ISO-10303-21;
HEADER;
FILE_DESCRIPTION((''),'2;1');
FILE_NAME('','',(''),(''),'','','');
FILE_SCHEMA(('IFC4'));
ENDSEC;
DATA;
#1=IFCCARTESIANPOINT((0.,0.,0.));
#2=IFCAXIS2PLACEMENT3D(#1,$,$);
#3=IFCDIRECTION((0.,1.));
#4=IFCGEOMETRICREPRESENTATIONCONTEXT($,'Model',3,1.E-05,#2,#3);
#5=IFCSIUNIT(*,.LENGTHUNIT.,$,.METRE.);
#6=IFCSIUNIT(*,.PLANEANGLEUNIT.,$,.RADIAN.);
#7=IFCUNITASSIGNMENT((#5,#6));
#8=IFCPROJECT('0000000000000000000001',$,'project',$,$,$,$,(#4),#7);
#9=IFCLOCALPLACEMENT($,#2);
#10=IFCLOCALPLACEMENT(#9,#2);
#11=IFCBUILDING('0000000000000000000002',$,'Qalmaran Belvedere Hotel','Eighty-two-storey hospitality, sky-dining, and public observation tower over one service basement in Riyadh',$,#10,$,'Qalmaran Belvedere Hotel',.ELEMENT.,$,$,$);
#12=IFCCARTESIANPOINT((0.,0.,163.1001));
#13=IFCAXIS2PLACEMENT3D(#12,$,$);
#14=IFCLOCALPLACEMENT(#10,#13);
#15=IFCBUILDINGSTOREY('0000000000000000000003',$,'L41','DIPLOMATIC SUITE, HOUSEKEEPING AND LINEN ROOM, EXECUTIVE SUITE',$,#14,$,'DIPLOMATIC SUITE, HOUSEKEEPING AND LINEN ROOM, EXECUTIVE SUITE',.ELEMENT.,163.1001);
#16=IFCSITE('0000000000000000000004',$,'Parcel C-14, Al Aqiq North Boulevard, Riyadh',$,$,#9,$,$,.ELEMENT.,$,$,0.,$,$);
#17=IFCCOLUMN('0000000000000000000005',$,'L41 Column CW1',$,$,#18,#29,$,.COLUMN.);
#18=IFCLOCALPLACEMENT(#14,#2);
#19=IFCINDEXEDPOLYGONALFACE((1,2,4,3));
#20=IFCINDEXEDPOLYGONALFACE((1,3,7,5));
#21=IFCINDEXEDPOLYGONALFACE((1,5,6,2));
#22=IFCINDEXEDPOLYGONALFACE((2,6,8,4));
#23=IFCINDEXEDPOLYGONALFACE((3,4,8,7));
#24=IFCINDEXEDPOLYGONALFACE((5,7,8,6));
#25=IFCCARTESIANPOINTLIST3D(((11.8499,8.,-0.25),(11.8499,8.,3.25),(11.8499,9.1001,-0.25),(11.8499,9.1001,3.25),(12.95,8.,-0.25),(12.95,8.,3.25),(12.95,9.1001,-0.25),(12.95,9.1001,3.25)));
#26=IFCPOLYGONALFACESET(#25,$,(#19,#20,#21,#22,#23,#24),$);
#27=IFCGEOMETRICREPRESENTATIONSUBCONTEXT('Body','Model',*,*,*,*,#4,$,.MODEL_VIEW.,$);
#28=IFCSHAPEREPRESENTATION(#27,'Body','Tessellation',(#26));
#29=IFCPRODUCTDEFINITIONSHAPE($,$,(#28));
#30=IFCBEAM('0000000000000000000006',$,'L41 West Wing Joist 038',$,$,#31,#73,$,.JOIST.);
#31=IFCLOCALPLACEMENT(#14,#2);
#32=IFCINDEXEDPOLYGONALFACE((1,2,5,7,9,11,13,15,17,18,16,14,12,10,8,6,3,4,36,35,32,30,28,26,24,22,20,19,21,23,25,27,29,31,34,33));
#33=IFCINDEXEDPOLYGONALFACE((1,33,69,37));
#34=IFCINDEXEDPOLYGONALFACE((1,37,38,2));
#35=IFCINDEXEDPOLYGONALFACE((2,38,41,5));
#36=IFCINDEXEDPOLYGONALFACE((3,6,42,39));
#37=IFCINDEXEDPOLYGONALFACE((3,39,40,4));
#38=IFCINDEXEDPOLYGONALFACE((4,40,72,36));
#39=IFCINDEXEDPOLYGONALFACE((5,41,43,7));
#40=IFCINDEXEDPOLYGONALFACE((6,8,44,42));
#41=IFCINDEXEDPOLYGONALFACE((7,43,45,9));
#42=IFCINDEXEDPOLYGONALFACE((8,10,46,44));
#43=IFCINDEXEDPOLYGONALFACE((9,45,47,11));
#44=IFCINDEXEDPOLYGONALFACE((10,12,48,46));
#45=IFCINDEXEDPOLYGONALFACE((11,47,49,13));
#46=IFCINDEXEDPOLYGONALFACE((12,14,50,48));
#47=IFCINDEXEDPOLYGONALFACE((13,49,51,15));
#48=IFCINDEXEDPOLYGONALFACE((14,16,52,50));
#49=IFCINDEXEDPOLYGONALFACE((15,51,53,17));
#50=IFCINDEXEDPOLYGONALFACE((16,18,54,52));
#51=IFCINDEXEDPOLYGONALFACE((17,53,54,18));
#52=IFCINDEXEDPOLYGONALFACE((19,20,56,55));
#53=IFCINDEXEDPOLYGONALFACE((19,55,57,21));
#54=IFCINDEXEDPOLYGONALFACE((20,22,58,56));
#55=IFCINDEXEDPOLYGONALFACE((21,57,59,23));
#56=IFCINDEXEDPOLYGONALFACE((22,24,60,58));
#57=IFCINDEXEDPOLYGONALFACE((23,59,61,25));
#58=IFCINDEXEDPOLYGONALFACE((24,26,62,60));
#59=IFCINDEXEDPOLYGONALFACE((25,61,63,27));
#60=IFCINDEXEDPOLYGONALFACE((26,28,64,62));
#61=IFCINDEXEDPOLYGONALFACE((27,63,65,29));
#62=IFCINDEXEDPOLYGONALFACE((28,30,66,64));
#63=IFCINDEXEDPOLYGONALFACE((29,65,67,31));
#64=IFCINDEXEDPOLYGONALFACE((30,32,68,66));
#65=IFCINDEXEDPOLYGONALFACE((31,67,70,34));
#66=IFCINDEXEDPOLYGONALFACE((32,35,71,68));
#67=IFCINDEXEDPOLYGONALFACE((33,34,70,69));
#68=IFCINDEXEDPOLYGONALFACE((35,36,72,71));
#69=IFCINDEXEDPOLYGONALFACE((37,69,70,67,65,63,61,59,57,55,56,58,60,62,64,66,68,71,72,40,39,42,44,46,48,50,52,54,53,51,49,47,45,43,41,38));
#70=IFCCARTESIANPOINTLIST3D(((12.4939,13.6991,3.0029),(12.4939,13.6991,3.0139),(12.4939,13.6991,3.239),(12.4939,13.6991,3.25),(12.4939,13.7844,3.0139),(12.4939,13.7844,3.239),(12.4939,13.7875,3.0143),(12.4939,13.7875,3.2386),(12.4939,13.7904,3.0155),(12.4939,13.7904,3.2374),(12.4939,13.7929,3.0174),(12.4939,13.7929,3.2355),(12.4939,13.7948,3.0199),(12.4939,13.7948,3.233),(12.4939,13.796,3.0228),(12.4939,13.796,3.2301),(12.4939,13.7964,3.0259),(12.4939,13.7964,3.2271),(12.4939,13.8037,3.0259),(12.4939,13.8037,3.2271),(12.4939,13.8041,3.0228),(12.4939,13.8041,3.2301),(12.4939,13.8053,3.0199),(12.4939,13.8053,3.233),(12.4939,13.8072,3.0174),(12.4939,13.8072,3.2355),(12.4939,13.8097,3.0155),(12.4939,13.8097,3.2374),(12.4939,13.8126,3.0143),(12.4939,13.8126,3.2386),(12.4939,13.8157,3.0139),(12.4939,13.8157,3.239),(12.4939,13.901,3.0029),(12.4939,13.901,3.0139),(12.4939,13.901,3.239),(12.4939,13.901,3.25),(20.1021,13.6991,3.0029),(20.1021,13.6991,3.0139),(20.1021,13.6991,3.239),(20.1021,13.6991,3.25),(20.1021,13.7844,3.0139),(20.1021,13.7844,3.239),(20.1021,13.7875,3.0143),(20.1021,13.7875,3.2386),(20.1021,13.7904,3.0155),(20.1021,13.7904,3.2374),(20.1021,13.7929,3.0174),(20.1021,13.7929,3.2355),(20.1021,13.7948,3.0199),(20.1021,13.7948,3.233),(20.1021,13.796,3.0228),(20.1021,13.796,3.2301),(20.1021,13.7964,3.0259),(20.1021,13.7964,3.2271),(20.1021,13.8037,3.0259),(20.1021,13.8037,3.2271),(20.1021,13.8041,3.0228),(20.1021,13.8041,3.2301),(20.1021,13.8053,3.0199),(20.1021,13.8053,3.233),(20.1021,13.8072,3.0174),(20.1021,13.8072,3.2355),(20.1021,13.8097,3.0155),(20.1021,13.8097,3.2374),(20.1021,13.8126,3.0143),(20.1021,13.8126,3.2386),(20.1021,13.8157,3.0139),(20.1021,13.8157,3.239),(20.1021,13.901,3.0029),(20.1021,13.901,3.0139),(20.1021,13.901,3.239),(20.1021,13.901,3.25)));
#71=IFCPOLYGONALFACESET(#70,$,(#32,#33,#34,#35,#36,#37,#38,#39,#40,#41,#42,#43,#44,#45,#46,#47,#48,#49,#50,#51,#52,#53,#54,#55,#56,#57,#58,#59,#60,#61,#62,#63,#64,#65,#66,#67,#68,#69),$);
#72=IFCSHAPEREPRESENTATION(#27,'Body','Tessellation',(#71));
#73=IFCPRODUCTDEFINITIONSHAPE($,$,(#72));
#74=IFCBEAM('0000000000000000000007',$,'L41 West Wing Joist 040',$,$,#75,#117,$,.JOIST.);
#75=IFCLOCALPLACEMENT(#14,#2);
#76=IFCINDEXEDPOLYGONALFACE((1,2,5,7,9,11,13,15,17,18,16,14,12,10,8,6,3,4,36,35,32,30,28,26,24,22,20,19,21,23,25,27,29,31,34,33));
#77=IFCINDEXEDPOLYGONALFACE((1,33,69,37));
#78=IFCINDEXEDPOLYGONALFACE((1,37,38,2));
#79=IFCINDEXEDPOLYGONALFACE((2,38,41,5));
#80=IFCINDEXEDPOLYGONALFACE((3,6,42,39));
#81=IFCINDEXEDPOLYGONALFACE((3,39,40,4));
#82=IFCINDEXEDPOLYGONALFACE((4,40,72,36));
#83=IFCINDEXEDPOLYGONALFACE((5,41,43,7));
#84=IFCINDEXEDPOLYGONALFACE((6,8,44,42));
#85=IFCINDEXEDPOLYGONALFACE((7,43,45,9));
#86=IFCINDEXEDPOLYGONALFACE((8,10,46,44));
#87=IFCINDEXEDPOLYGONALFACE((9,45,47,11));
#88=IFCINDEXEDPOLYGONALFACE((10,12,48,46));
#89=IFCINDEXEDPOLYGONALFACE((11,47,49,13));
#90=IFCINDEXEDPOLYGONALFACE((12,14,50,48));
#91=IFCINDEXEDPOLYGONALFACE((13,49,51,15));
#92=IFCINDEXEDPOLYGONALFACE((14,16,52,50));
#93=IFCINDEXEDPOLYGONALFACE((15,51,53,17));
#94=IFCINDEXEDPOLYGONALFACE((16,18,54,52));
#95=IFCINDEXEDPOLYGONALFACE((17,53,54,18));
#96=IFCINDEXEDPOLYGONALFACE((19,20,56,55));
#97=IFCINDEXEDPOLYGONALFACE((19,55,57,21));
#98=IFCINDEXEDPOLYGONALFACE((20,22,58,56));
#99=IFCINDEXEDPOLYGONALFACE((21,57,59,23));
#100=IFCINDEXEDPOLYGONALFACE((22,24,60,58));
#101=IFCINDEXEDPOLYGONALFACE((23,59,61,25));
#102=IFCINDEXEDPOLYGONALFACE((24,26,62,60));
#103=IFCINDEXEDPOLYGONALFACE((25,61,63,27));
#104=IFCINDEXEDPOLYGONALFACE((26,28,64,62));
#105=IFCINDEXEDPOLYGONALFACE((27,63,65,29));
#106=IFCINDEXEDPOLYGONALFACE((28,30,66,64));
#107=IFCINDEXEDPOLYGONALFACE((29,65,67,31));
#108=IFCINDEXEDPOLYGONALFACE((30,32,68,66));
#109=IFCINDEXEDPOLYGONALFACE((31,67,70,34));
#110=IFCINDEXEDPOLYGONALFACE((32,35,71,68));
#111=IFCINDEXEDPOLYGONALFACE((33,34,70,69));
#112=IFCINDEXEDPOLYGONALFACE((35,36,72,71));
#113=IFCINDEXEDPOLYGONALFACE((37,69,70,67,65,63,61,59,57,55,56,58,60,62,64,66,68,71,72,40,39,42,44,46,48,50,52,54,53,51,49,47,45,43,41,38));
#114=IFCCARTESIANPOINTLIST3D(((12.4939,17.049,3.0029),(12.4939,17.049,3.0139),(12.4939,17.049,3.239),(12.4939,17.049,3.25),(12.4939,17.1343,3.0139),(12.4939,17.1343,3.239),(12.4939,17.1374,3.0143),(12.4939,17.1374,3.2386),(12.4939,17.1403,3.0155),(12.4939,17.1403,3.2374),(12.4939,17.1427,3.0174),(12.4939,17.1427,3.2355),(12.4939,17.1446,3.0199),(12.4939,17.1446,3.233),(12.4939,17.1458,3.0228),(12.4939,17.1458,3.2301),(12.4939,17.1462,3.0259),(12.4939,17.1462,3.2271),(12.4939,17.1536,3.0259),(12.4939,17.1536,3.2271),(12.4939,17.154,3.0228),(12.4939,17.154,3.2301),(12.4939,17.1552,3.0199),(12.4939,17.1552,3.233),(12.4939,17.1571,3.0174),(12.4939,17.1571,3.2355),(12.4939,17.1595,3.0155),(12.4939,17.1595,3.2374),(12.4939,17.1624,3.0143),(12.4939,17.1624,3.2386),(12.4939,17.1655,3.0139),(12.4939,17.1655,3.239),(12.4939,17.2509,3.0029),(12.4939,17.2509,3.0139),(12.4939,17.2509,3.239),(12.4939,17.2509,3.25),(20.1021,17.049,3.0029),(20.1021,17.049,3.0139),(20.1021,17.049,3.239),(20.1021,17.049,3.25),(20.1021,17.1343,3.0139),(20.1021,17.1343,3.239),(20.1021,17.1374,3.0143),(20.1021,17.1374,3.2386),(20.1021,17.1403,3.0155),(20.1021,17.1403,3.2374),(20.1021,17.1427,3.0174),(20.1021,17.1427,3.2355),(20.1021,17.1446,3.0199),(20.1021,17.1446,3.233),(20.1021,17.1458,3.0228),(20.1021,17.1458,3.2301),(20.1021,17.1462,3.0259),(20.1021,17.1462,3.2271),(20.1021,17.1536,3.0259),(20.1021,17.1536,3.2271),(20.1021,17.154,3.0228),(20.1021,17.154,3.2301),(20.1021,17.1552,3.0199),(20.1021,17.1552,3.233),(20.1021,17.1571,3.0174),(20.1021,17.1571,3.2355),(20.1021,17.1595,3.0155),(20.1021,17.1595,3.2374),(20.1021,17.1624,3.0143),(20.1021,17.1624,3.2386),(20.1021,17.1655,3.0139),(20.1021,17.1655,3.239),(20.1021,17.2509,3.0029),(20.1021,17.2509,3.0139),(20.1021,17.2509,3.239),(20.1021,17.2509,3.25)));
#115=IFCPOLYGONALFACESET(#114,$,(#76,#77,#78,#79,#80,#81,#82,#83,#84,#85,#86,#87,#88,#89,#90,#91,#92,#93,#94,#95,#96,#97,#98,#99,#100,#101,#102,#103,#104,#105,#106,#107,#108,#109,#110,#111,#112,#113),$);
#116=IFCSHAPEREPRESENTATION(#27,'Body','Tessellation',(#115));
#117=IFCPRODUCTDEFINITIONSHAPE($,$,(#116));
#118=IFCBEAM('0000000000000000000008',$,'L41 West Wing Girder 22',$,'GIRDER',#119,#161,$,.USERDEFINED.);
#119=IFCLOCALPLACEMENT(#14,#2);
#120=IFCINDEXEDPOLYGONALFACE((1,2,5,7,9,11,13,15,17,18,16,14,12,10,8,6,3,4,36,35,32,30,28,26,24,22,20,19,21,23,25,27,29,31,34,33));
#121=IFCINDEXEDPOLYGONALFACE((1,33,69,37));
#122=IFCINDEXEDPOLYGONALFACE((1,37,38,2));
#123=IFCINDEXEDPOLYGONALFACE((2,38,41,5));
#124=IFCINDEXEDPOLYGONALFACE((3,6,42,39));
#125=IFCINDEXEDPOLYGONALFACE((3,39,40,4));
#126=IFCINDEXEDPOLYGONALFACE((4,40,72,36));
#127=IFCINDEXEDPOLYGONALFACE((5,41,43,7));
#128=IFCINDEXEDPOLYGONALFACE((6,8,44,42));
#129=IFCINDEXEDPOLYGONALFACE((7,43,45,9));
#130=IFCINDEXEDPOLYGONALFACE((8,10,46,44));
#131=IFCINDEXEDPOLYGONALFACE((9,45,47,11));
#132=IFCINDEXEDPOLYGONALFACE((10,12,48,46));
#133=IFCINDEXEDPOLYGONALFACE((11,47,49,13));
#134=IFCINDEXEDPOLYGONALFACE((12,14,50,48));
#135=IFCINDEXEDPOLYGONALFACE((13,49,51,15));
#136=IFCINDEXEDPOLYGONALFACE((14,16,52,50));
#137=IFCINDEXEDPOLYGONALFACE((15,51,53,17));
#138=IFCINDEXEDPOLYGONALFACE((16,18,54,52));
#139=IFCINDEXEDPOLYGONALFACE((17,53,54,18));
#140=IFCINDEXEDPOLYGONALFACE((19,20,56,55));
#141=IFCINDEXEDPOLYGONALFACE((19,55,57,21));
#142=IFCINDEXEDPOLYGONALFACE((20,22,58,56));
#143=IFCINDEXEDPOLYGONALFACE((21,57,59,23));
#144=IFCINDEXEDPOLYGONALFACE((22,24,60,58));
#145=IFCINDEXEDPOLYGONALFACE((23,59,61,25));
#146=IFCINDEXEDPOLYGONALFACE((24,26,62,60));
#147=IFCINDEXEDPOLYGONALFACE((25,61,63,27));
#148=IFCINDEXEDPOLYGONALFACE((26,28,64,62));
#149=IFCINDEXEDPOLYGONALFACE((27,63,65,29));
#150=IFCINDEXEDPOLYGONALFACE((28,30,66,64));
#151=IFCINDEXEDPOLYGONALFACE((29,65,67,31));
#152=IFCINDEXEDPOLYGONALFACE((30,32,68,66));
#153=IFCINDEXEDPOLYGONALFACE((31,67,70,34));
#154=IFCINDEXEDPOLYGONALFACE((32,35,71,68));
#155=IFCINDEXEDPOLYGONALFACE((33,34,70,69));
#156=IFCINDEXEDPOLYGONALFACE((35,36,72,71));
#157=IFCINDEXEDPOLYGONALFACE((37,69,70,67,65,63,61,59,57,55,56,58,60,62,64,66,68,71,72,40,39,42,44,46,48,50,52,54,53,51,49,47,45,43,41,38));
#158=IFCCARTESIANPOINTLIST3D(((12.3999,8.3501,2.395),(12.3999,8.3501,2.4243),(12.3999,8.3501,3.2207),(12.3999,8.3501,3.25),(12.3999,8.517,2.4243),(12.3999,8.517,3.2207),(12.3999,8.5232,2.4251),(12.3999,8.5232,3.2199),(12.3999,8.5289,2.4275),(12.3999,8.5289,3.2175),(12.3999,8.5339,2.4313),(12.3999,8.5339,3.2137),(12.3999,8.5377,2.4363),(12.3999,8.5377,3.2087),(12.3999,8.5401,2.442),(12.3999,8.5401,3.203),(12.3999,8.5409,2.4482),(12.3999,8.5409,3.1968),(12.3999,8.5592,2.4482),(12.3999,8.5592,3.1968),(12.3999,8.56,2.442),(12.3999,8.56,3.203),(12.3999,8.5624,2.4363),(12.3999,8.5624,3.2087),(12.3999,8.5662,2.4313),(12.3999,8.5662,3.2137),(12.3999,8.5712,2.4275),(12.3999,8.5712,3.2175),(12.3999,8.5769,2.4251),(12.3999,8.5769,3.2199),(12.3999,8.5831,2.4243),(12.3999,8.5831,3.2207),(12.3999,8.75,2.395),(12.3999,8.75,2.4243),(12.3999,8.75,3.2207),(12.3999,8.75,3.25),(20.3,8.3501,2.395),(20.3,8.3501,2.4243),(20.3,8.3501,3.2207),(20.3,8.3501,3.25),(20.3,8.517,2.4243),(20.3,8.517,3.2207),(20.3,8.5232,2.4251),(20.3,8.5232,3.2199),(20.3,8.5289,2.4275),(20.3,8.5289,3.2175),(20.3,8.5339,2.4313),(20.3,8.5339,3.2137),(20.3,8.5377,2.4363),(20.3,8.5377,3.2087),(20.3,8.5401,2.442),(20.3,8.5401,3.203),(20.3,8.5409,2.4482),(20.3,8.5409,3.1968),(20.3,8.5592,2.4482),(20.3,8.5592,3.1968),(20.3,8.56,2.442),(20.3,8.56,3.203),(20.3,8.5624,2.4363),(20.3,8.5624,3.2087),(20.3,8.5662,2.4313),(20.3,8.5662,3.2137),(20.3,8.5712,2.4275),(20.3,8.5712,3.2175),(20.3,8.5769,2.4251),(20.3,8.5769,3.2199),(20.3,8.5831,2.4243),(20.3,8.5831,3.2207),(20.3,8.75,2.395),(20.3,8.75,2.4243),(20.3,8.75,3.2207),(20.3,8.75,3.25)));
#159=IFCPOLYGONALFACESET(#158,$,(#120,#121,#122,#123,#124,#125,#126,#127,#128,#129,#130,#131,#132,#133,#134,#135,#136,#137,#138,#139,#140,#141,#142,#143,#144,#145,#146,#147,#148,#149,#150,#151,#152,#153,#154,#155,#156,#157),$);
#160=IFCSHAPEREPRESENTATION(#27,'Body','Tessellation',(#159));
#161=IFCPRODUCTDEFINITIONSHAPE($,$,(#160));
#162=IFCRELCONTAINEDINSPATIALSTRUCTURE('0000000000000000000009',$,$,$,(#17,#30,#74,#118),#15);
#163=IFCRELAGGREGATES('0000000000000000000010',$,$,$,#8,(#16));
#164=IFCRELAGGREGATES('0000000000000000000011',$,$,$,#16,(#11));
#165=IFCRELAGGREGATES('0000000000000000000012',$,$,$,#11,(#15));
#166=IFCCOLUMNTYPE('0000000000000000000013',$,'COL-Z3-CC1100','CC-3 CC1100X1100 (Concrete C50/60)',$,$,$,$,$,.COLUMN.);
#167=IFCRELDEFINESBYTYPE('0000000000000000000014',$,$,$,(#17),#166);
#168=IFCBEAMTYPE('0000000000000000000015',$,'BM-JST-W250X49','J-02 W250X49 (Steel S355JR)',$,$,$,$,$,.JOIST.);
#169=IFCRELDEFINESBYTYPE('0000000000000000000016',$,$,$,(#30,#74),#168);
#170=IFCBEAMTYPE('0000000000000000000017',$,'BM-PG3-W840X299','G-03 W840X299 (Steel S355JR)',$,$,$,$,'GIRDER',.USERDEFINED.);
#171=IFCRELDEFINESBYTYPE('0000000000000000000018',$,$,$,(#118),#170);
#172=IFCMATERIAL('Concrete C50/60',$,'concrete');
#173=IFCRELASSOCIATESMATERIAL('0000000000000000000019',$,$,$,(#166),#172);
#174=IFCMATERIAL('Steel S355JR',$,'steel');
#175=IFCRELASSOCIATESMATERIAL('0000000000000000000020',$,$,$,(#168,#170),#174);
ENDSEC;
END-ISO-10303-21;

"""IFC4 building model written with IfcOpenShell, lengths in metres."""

from ifc_helpers import new_model, si_unit, direction, frame, origin, origin_2d, place, context, subcontext, project, spatial, rectangle, i_section, extrude, material, material_profile, profile_set, type_object, element, save


model = new_model("IFC4")

# Units and contexts
model_context = context("Model", 3, precision=1e-05, world=origin(), true_north=direction((0.0, 1.0)))
body_context = subcontext(model_context, "Body", "Model", "MODEL_VIEW")
ifc_project = project(units=[si_unit("LENGTHUNIT", "METRE"), si_unit("PLANEANGLEUNIT", "RADIAN")], contexts=[model_context])

# Site, building, storey
site_placement = place(None, origin())
site = spatial("IfcSite", under=ifc_project, at=site_placement, Name="Parcel C-14, Al Aqiq North Boulevard, Riyadh", CompositionType="ELEMENT", RefElevation=0.0)
building_placement = place(site_placement, origin())
building = spatial("IfcBuilding", under=site, at=building_placement, Name="Qalmaran Belvedere Hotel", Description="Eighty-two-storey hospitality, sky-dining, and public observation tower over one service basement in Riyadh", LongName="Qalmaran Belvedere Hotel", CompositionType="ELEMENT")
storey_placement = place(building_placement, frame((0.0, 0.0, 163.1001)))
storey = spatial("IfcBuildingStorey", under=building, at=storey_placement, Name="L41", Description="DIPLOMATIC SUITE, HOUSEKEEPING AND LINEN ROOM, EXECUTIVE SUITE", LongName="DIPLOMATIC SUITE, HOUSEKEEPING AND LINEN ROOM, EXECUTIVE SUITE", CompositionType="ELEMENT", Elevation=163.1001)

# Column
ifc_material_1 = material(Name="Concrete C50/60", Category="concrete")
ifc_material_profile_1 = material_profile(ifc_material_1, rectangle(XDim=1.1001, YDim=1.1001, at=origin_2d()), Name="CC1100X1100")
ifc_profile_set_1 = profile_set([ifc_material_profile_1], Name="Concrete C50/60")
column_type = type_object("IfcColumnType", Name="COL-Z3-CC1100", Description="CC-3 CC1100X1100 (Concrete C50/60)", PredefinedType="COLUMN", material=ifc_profile_set_1)
column_placement = place(storey_placement, frame((12.3999, 8.55, -0.25), z_axis=(0.0, 0.0, 1.0), x_axis=(1.0, 0.0, 0.0)))
element("IfcColumn", 1, at=column_placement, inside=storey, type_object=column_type, Name="L41 Column CW1", PredefinedType="COLUMN", context=body_context, shape_type="SweptSolid", body=[
    extrude(rectangle(XDim=1.1001, YDim=1.1001, at=origin_2d()), origin(), (0.0, 0.0, 1.0), 3.5),
])

# Beams
ifc_material_2 = material(Name="Steel S355JR", Category="steel")
ifc_material_profile_2 = material_profile(ifc_material_2, i_section(OverallWidth=0.2019, OverallDepth=0.2471, WebThickness=0.0073, FlangeThickness=0.011, FilletRadius=0.012, at=origin_2d()), Name="W250X49")
ifc_profile_set_2 = profile_set([ifc_material_profile_2], Name="Steel S355JR")
beam_type_1 = type_object("IfcBeamType", Name="BM-JST-W250X49", Description="J-02 W250X49 (Steel S355JR)", PredefinedType="JOIST", material=ifc_profile_set_2)
for number, where, z_axis, x_axis, name in (
    (2, (12.4939, 13.8, 3.1265), (1.0, 0.0, 0.0), (0.0, 1.0, 0.0), "L41 West Wing Joist 038"),
    (3, (12.4939, 17.1499, 3.1265), (1.0, 0.0, 0.0), (0.0, 1.0, 0.0), "L41 West Wing Joist 040"),
):
    element("IfcBeam", number, at=place(storey_placement, frame(where, z_axis=z_axis, x_axis=x_axis)), inside=storey, type_object=beam_type_1, Name=name, PredefinedType="JOIST", context=body_context, shape_type="SweptSolid", body=[
        extrude(i_section(OverallWidth=0.2019, OverallDepth=0.2471, WebThickness=0.0073, FlangeThickness=0.011, FilletRadius=0.012, at=origin_2d()), origin(), (0.0, 0.0, 1.0), 7.6082),
    ])
ifc_material_profile_3 = material_profile(ifc_material_2, i_section(OverallWidth=0.3999, OverallDepth=0.855, WebThickness=0.0183, FlangeThickness=0.0293, FilletRadius=0.0239, at=origin_2d()), Name="W840X299")
ifc_profile_set_3 = profile_set([ifc_material_profile_3], Name="Steel S355JR")
beam_type_2 = type_object("IfcBeamType", Name="BM-PG3-W840X299", Description="G-03 W840X299 (Steel S355JR)", ElementType="GIRDER", PredefinedType="USERDEFINED", material=ifc_profile_set_3)
beam_1_placement = place(storey_placement, frame((12.3999, 8.55, 2.8225), z_axis=(1.0, 0.0, 0.0), x_axis=(0.0, 1.0, 0.0)))
element("IfcBeam", 4, at=beam_1_placement, inside=storey, type_object=beam_type_2, Name="L41 West Wing Girder 22", ObjectType="GIRDER", PredefinedType="USERDEFINED", context=body_context, shape_type="SweptSolid", body=[
    extrude(i_section(OverallWidth=0.3999, OverallDepth=0.855, WebThickness=0.0183, FlangeThickness=0.0293, FilletRadius=0.0239, at=origin_2d()), origin(), (0.0, 0.0, 1.0), 7.9001),
])

save(model, "model.ifc")
